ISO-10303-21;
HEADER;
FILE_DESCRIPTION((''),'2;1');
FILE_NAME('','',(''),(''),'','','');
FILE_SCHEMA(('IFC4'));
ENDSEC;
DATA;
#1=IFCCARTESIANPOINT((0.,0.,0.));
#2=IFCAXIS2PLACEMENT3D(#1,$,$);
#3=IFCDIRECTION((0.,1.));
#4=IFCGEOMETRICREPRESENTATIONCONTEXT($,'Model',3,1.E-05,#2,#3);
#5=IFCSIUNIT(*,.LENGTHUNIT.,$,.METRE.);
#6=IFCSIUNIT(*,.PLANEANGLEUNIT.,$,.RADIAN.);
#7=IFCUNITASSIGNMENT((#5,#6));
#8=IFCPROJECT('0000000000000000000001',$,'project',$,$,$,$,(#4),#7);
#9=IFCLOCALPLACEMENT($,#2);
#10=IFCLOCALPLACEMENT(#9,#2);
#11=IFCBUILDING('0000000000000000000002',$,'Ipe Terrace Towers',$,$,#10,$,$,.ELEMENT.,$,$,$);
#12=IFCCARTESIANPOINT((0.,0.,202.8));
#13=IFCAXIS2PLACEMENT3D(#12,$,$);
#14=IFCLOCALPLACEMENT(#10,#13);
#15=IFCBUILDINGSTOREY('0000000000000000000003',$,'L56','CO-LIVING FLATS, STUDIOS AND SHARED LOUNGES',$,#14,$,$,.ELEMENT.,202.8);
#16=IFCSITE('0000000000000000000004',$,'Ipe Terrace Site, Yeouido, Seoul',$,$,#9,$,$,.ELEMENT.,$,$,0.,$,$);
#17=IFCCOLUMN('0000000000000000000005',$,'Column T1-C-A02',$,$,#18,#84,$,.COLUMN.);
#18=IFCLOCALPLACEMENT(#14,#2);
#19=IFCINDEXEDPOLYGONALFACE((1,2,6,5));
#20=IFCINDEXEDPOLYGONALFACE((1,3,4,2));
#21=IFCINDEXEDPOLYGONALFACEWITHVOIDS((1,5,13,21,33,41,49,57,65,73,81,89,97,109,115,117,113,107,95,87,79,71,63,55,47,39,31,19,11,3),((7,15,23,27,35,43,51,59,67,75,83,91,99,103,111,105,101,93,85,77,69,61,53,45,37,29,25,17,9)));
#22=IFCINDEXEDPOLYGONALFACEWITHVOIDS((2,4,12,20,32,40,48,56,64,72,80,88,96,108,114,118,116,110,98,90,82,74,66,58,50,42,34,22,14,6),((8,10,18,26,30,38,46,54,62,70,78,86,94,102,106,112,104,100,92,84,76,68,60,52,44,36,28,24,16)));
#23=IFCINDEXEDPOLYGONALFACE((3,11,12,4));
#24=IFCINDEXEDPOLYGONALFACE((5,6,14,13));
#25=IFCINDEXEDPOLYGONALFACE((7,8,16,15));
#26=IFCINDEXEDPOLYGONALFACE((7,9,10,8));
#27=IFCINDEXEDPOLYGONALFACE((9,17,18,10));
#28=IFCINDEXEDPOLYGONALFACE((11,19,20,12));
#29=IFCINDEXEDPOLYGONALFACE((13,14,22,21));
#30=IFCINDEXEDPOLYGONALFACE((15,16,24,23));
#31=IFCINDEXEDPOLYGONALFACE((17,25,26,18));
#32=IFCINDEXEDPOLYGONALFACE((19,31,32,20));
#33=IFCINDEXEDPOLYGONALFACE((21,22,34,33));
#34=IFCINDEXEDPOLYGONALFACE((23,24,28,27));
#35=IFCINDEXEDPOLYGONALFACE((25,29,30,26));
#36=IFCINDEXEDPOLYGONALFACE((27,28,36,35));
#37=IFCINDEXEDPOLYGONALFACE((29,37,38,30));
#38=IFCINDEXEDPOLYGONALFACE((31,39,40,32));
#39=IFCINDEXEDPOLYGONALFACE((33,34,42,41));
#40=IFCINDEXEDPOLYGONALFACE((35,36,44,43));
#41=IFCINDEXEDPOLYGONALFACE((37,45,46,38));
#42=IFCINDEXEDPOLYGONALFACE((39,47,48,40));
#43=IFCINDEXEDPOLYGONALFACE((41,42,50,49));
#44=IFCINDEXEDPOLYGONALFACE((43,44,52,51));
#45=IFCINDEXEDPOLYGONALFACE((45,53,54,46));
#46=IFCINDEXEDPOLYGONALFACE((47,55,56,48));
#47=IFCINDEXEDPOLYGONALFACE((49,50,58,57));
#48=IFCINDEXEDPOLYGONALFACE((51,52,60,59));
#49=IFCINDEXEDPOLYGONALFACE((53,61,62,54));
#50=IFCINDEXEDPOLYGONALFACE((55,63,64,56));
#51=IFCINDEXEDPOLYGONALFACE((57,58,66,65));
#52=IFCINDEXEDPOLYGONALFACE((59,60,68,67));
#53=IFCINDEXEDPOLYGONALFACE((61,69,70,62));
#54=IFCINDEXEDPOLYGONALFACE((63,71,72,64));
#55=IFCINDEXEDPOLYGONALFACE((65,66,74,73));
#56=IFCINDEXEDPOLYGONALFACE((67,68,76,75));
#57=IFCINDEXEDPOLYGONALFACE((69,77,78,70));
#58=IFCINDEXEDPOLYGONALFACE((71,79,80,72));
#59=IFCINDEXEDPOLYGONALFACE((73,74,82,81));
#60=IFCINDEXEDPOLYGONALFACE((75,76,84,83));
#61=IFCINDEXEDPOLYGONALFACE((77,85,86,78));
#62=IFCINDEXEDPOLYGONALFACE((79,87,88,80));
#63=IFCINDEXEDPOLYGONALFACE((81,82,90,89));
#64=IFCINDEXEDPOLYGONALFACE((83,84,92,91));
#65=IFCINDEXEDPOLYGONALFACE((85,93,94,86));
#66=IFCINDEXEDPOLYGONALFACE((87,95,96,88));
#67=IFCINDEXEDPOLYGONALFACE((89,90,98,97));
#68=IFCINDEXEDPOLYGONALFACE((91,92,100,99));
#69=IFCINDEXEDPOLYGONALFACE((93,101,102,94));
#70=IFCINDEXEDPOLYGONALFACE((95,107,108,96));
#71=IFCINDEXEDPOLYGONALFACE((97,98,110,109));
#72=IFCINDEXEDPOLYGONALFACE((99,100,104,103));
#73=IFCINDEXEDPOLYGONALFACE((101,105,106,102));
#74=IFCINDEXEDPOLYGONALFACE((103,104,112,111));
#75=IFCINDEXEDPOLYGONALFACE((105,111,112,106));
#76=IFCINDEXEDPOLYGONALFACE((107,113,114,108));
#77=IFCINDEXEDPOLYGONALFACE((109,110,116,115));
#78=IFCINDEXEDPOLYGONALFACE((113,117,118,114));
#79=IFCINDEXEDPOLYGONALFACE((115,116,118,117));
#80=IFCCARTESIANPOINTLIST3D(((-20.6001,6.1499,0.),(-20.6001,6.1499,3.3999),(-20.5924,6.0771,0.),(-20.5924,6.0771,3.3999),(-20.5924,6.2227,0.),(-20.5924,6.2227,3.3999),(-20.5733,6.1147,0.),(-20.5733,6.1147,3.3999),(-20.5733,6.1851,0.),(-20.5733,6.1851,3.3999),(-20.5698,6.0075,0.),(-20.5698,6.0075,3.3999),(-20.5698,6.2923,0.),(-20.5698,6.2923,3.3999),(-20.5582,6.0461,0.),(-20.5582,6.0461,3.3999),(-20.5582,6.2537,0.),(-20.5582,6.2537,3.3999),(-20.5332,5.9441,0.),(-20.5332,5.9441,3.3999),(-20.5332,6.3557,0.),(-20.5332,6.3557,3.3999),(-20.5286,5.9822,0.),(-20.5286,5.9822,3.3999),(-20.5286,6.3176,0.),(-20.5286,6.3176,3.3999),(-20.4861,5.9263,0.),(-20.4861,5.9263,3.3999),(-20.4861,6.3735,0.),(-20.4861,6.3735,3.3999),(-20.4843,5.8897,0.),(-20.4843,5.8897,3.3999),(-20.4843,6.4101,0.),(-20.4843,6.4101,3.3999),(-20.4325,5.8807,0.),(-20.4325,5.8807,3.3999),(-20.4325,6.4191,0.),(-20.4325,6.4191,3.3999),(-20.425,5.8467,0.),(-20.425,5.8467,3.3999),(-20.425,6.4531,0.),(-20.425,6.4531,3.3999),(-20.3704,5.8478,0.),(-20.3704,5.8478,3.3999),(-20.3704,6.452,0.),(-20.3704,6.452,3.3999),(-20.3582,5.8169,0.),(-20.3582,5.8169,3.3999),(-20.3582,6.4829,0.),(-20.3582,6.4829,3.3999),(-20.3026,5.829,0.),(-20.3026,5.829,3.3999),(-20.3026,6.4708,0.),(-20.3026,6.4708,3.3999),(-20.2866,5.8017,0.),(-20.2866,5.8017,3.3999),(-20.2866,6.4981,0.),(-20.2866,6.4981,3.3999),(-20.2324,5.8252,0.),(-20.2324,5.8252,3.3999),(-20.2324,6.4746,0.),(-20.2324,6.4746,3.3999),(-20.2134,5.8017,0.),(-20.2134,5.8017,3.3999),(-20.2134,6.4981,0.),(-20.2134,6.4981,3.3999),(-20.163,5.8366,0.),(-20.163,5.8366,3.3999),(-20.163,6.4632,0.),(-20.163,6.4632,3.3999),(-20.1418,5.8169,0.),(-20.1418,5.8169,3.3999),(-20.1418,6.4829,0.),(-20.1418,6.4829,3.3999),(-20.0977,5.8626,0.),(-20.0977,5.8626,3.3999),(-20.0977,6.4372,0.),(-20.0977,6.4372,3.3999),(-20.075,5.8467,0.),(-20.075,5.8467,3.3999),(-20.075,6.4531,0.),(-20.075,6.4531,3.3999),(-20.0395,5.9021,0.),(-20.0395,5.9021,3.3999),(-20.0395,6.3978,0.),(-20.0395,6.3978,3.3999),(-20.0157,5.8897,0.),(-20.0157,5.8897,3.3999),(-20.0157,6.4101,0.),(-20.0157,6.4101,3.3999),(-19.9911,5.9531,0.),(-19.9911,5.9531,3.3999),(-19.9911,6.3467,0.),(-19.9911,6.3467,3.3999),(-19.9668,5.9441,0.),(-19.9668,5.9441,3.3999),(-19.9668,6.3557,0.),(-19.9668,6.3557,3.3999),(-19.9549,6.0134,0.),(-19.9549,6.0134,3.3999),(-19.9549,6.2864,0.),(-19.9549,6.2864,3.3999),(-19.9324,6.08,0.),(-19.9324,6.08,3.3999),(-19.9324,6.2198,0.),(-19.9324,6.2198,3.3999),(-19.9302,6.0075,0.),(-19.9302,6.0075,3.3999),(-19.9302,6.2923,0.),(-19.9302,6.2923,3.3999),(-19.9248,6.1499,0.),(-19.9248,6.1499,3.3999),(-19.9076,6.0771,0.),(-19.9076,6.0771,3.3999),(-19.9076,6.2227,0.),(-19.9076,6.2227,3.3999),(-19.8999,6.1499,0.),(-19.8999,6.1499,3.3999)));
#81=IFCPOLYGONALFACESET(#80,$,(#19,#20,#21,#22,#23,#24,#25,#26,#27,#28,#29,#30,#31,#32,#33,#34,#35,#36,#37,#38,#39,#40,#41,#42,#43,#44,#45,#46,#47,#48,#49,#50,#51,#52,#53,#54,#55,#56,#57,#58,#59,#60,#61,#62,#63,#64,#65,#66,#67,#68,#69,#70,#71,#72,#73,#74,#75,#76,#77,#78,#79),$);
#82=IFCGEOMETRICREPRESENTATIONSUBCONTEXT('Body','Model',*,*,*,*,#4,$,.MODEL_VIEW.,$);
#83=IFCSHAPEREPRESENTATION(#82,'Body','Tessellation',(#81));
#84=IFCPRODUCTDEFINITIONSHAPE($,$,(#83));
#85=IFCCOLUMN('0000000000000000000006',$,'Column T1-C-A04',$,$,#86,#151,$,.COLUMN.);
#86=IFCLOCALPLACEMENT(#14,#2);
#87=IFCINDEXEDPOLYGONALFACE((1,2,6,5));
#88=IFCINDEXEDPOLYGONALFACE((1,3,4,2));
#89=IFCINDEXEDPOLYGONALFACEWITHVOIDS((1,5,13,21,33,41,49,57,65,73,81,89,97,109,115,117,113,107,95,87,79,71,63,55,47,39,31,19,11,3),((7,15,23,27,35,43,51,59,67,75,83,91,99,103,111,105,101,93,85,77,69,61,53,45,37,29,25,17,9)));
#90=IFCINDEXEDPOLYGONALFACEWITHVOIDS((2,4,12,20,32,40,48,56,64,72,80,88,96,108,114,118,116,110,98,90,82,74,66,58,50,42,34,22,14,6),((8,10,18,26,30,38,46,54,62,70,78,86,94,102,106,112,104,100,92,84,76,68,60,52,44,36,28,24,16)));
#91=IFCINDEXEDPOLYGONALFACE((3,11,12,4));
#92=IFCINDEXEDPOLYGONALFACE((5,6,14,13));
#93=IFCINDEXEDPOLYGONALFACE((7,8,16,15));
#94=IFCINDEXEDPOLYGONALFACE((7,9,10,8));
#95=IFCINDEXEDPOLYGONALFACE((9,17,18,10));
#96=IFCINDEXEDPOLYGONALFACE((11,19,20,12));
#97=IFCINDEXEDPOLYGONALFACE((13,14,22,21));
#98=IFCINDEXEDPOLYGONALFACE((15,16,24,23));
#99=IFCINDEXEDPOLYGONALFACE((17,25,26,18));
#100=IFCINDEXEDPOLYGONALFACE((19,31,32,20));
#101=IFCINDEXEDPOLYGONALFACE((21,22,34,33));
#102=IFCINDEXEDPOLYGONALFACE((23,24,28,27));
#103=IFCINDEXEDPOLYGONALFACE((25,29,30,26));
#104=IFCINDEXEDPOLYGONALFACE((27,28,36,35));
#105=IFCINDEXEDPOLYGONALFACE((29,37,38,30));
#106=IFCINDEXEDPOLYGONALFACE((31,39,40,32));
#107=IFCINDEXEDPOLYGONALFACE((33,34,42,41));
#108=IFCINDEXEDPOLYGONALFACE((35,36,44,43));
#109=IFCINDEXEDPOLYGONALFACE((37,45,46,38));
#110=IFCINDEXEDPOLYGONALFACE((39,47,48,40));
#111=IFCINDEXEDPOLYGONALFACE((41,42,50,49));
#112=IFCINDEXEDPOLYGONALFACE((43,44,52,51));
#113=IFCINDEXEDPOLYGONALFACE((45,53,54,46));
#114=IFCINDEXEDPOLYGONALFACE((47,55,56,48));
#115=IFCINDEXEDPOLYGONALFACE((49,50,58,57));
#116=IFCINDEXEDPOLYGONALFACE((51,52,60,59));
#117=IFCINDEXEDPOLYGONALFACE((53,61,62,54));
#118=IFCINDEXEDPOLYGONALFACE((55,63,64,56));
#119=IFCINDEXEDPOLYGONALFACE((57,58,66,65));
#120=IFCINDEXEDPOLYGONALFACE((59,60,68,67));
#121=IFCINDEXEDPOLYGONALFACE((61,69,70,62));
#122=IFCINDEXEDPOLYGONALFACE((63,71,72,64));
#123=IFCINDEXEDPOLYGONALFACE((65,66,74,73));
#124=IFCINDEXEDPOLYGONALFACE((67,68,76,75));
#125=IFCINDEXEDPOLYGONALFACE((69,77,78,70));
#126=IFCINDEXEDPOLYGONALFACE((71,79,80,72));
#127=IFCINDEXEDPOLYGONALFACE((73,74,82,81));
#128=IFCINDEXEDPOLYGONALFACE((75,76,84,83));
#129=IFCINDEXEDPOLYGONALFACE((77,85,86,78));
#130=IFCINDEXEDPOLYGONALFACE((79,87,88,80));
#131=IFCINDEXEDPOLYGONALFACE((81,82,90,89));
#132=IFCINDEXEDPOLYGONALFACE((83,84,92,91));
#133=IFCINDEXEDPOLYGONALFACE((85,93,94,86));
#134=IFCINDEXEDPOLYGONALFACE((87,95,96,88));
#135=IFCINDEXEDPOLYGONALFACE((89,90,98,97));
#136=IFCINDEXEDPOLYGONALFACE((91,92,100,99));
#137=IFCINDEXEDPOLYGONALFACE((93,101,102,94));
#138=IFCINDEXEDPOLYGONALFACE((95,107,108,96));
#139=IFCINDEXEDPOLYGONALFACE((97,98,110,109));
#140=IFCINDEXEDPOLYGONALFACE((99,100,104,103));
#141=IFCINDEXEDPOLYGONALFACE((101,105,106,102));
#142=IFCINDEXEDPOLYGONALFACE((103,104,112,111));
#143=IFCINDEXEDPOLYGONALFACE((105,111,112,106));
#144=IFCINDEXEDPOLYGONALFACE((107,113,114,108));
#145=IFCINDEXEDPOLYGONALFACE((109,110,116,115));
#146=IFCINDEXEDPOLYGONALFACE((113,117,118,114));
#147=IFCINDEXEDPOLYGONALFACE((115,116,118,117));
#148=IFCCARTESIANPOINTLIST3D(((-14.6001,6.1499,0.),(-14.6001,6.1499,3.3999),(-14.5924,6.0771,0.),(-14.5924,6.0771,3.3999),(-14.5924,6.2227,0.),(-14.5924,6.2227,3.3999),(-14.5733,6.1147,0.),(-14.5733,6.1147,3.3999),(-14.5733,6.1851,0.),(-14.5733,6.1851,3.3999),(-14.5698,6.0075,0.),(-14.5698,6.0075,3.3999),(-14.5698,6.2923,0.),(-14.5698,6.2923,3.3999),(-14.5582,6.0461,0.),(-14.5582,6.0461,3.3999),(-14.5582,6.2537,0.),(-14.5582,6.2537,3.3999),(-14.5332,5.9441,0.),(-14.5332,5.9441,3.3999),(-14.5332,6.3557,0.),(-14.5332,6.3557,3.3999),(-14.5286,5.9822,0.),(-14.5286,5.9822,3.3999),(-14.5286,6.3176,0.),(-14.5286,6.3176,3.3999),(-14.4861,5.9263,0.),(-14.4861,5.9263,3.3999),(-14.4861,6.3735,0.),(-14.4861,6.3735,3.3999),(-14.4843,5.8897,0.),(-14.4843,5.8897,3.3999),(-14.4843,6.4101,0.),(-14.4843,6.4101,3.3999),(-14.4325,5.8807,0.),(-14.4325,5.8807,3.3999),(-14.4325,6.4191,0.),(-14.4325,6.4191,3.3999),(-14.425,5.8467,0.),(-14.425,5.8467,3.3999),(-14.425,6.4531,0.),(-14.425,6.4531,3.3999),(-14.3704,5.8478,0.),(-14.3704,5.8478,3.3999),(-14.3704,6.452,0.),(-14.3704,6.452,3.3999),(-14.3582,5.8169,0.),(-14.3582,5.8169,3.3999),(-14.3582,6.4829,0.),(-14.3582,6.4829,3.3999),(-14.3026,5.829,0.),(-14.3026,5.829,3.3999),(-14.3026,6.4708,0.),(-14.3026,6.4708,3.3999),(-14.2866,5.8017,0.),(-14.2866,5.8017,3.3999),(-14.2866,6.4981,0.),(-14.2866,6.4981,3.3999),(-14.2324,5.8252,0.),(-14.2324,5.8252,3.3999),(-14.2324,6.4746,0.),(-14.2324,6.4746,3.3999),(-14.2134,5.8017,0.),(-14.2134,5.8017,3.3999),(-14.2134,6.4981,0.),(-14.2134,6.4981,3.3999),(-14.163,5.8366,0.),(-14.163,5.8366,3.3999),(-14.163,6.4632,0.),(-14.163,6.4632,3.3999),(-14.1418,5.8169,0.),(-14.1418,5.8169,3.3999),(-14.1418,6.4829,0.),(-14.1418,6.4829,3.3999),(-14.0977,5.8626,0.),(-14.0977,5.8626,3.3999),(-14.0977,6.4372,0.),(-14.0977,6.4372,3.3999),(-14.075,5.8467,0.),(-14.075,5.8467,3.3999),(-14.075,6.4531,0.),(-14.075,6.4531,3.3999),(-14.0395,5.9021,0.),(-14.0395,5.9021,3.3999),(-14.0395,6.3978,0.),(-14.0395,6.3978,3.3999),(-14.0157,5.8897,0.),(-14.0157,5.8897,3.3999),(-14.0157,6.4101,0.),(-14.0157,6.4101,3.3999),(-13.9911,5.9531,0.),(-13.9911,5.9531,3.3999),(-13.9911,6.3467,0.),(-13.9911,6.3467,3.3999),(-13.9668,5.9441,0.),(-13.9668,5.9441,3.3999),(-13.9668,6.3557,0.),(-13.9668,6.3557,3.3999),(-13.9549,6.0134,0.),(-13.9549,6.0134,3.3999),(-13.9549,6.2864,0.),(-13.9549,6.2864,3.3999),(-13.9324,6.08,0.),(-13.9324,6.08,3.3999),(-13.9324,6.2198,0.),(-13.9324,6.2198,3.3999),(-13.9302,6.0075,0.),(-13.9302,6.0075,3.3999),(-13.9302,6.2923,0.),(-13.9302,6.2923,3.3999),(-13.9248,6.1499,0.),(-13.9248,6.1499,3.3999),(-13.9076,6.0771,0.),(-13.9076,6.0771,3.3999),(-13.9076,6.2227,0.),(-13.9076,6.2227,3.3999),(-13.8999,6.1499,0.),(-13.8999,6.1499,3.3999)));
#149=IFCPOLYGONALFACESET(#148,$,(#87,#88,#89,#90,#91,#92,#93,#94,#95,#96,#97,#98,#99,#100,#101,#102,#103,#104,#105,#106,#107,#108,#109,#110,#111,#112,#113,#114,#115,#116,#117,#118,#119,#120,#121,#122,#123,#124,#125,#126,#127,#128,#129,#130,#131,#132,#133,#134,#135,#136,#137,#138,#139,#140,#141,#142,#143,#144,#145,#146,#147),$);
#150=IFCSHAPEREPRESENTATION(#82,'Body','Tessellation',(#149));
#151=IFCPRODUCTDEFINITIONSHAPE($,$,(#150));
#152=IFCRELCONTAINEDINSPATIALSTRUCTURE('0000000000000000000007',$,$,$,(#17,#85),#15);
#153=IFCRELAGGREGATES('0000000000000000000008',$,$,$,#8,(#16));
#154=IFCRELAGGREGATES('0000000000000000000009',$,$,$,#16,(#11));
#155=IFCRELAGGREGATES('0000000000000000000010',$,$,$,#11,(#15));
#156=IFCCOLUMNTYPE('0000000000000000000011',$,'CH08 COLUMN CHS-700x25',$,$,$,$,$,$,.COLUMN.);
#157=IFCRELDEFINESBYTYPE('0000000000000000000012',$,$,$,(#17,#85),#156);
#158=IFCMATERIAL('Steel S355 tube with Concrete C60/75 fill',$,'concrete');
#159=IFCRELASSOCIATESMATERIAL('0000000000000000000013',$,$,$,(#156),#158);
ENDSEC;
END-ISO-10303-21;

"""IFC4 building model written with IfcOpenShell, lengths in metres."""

from ifc_helpers import new_model, si_unit, direction, frame, origin, origin_2d, place, context, subcontext, project, spatial, hollow_circle, extrude, material, material_profile, profile_set, type_object, element, save


model = new_model("IFC4")

# Units and contexts
model_context = context("Model", 3, precision=1e-05, world=origin(), true_north=direction((0.0, 1.0)))
body_context = subcontext(model_context, "Body", "Model", "MODEL_VIEW")
ifc_project = project(units=[si_unit("LENGTHUNIT", "METRE"), si_unit("PLANEANGLEUNIT", "RADIAN")], contexts=[model_context])

# Site, building, storey
site_placement = place(None, origin())
site = spatial("IfcSite", under=ifc_project, at=site_placement, Name="Ipe Terrace Site, Yeouido, Seoul", CompositionType="ELEMENT", RefElevation=0.0)
building_placement = place(site_placement, origin())
building = spatial("IfcBuilding", under=site, at=building_placement, Name="Ipe Terrace Towers", CompositionType="ELEMENT")
storey_placement = place(building_placement, frame((0.0, 0.0, 202.8)))
storey = spatial("IfcBuildingStorey", under=building, at=storey_placement, Name="L56", Description="CO-LIVING FLATS, STUDIOS AND SHARED LOUNGES", CompositionType="ELEMENT", Elevation=202.8)

# Columns
ifc_material_1 = material(Name="Steel S355 tube with Concrete C60/75 fill", Category="concrete")
ifc_material_profile_1 = material_profile(ifc_material_1, hollow_circle(Radius=0.3501, WallThickness=0.0249, at=origin_2d()), Name="CHS-700x25")
ifc_profile_set_1 = profile_set([ifc_material_profile_1], Name="Steel S355 tube with Concrete C60/75 fill")
column_type = type_object("IfcColumnType", Name="CH08 COLUMN CHS-700x25", PredefinedType="COLUMN", material=ifc_profile_set_1)
for number, where, z_axis, x_axis, name in (
    (1, (-20.25, 6.1499, 0.0), (0.0, 0.0, 1.0), (1.0, 0.0, 0.0), "Column T1-C-A02"),
    (2, (-14.25, 6.1499, 0.0), (0.0, 0.0, 1.0), (1.0, 0.0, 0.0), "Column T1-C-A04"),
):
    element("IfcColumn", number, at=place(storey_placement, frame(where, z_axis=z_axis, x_axis=x_axis)), inside=storey, type_object=column_type, Name=name, PredefinedType="COLUMN", context=body_context, shape_type="SweptSolid", body=[
        extrude(hollow_circle(Radius=0.3501, WallThickness=0.0249, at=origin_2d()), origin(), (0.0, 0.0, 1.0), 3.3999),
    ])

save(model, "model.ifc")
